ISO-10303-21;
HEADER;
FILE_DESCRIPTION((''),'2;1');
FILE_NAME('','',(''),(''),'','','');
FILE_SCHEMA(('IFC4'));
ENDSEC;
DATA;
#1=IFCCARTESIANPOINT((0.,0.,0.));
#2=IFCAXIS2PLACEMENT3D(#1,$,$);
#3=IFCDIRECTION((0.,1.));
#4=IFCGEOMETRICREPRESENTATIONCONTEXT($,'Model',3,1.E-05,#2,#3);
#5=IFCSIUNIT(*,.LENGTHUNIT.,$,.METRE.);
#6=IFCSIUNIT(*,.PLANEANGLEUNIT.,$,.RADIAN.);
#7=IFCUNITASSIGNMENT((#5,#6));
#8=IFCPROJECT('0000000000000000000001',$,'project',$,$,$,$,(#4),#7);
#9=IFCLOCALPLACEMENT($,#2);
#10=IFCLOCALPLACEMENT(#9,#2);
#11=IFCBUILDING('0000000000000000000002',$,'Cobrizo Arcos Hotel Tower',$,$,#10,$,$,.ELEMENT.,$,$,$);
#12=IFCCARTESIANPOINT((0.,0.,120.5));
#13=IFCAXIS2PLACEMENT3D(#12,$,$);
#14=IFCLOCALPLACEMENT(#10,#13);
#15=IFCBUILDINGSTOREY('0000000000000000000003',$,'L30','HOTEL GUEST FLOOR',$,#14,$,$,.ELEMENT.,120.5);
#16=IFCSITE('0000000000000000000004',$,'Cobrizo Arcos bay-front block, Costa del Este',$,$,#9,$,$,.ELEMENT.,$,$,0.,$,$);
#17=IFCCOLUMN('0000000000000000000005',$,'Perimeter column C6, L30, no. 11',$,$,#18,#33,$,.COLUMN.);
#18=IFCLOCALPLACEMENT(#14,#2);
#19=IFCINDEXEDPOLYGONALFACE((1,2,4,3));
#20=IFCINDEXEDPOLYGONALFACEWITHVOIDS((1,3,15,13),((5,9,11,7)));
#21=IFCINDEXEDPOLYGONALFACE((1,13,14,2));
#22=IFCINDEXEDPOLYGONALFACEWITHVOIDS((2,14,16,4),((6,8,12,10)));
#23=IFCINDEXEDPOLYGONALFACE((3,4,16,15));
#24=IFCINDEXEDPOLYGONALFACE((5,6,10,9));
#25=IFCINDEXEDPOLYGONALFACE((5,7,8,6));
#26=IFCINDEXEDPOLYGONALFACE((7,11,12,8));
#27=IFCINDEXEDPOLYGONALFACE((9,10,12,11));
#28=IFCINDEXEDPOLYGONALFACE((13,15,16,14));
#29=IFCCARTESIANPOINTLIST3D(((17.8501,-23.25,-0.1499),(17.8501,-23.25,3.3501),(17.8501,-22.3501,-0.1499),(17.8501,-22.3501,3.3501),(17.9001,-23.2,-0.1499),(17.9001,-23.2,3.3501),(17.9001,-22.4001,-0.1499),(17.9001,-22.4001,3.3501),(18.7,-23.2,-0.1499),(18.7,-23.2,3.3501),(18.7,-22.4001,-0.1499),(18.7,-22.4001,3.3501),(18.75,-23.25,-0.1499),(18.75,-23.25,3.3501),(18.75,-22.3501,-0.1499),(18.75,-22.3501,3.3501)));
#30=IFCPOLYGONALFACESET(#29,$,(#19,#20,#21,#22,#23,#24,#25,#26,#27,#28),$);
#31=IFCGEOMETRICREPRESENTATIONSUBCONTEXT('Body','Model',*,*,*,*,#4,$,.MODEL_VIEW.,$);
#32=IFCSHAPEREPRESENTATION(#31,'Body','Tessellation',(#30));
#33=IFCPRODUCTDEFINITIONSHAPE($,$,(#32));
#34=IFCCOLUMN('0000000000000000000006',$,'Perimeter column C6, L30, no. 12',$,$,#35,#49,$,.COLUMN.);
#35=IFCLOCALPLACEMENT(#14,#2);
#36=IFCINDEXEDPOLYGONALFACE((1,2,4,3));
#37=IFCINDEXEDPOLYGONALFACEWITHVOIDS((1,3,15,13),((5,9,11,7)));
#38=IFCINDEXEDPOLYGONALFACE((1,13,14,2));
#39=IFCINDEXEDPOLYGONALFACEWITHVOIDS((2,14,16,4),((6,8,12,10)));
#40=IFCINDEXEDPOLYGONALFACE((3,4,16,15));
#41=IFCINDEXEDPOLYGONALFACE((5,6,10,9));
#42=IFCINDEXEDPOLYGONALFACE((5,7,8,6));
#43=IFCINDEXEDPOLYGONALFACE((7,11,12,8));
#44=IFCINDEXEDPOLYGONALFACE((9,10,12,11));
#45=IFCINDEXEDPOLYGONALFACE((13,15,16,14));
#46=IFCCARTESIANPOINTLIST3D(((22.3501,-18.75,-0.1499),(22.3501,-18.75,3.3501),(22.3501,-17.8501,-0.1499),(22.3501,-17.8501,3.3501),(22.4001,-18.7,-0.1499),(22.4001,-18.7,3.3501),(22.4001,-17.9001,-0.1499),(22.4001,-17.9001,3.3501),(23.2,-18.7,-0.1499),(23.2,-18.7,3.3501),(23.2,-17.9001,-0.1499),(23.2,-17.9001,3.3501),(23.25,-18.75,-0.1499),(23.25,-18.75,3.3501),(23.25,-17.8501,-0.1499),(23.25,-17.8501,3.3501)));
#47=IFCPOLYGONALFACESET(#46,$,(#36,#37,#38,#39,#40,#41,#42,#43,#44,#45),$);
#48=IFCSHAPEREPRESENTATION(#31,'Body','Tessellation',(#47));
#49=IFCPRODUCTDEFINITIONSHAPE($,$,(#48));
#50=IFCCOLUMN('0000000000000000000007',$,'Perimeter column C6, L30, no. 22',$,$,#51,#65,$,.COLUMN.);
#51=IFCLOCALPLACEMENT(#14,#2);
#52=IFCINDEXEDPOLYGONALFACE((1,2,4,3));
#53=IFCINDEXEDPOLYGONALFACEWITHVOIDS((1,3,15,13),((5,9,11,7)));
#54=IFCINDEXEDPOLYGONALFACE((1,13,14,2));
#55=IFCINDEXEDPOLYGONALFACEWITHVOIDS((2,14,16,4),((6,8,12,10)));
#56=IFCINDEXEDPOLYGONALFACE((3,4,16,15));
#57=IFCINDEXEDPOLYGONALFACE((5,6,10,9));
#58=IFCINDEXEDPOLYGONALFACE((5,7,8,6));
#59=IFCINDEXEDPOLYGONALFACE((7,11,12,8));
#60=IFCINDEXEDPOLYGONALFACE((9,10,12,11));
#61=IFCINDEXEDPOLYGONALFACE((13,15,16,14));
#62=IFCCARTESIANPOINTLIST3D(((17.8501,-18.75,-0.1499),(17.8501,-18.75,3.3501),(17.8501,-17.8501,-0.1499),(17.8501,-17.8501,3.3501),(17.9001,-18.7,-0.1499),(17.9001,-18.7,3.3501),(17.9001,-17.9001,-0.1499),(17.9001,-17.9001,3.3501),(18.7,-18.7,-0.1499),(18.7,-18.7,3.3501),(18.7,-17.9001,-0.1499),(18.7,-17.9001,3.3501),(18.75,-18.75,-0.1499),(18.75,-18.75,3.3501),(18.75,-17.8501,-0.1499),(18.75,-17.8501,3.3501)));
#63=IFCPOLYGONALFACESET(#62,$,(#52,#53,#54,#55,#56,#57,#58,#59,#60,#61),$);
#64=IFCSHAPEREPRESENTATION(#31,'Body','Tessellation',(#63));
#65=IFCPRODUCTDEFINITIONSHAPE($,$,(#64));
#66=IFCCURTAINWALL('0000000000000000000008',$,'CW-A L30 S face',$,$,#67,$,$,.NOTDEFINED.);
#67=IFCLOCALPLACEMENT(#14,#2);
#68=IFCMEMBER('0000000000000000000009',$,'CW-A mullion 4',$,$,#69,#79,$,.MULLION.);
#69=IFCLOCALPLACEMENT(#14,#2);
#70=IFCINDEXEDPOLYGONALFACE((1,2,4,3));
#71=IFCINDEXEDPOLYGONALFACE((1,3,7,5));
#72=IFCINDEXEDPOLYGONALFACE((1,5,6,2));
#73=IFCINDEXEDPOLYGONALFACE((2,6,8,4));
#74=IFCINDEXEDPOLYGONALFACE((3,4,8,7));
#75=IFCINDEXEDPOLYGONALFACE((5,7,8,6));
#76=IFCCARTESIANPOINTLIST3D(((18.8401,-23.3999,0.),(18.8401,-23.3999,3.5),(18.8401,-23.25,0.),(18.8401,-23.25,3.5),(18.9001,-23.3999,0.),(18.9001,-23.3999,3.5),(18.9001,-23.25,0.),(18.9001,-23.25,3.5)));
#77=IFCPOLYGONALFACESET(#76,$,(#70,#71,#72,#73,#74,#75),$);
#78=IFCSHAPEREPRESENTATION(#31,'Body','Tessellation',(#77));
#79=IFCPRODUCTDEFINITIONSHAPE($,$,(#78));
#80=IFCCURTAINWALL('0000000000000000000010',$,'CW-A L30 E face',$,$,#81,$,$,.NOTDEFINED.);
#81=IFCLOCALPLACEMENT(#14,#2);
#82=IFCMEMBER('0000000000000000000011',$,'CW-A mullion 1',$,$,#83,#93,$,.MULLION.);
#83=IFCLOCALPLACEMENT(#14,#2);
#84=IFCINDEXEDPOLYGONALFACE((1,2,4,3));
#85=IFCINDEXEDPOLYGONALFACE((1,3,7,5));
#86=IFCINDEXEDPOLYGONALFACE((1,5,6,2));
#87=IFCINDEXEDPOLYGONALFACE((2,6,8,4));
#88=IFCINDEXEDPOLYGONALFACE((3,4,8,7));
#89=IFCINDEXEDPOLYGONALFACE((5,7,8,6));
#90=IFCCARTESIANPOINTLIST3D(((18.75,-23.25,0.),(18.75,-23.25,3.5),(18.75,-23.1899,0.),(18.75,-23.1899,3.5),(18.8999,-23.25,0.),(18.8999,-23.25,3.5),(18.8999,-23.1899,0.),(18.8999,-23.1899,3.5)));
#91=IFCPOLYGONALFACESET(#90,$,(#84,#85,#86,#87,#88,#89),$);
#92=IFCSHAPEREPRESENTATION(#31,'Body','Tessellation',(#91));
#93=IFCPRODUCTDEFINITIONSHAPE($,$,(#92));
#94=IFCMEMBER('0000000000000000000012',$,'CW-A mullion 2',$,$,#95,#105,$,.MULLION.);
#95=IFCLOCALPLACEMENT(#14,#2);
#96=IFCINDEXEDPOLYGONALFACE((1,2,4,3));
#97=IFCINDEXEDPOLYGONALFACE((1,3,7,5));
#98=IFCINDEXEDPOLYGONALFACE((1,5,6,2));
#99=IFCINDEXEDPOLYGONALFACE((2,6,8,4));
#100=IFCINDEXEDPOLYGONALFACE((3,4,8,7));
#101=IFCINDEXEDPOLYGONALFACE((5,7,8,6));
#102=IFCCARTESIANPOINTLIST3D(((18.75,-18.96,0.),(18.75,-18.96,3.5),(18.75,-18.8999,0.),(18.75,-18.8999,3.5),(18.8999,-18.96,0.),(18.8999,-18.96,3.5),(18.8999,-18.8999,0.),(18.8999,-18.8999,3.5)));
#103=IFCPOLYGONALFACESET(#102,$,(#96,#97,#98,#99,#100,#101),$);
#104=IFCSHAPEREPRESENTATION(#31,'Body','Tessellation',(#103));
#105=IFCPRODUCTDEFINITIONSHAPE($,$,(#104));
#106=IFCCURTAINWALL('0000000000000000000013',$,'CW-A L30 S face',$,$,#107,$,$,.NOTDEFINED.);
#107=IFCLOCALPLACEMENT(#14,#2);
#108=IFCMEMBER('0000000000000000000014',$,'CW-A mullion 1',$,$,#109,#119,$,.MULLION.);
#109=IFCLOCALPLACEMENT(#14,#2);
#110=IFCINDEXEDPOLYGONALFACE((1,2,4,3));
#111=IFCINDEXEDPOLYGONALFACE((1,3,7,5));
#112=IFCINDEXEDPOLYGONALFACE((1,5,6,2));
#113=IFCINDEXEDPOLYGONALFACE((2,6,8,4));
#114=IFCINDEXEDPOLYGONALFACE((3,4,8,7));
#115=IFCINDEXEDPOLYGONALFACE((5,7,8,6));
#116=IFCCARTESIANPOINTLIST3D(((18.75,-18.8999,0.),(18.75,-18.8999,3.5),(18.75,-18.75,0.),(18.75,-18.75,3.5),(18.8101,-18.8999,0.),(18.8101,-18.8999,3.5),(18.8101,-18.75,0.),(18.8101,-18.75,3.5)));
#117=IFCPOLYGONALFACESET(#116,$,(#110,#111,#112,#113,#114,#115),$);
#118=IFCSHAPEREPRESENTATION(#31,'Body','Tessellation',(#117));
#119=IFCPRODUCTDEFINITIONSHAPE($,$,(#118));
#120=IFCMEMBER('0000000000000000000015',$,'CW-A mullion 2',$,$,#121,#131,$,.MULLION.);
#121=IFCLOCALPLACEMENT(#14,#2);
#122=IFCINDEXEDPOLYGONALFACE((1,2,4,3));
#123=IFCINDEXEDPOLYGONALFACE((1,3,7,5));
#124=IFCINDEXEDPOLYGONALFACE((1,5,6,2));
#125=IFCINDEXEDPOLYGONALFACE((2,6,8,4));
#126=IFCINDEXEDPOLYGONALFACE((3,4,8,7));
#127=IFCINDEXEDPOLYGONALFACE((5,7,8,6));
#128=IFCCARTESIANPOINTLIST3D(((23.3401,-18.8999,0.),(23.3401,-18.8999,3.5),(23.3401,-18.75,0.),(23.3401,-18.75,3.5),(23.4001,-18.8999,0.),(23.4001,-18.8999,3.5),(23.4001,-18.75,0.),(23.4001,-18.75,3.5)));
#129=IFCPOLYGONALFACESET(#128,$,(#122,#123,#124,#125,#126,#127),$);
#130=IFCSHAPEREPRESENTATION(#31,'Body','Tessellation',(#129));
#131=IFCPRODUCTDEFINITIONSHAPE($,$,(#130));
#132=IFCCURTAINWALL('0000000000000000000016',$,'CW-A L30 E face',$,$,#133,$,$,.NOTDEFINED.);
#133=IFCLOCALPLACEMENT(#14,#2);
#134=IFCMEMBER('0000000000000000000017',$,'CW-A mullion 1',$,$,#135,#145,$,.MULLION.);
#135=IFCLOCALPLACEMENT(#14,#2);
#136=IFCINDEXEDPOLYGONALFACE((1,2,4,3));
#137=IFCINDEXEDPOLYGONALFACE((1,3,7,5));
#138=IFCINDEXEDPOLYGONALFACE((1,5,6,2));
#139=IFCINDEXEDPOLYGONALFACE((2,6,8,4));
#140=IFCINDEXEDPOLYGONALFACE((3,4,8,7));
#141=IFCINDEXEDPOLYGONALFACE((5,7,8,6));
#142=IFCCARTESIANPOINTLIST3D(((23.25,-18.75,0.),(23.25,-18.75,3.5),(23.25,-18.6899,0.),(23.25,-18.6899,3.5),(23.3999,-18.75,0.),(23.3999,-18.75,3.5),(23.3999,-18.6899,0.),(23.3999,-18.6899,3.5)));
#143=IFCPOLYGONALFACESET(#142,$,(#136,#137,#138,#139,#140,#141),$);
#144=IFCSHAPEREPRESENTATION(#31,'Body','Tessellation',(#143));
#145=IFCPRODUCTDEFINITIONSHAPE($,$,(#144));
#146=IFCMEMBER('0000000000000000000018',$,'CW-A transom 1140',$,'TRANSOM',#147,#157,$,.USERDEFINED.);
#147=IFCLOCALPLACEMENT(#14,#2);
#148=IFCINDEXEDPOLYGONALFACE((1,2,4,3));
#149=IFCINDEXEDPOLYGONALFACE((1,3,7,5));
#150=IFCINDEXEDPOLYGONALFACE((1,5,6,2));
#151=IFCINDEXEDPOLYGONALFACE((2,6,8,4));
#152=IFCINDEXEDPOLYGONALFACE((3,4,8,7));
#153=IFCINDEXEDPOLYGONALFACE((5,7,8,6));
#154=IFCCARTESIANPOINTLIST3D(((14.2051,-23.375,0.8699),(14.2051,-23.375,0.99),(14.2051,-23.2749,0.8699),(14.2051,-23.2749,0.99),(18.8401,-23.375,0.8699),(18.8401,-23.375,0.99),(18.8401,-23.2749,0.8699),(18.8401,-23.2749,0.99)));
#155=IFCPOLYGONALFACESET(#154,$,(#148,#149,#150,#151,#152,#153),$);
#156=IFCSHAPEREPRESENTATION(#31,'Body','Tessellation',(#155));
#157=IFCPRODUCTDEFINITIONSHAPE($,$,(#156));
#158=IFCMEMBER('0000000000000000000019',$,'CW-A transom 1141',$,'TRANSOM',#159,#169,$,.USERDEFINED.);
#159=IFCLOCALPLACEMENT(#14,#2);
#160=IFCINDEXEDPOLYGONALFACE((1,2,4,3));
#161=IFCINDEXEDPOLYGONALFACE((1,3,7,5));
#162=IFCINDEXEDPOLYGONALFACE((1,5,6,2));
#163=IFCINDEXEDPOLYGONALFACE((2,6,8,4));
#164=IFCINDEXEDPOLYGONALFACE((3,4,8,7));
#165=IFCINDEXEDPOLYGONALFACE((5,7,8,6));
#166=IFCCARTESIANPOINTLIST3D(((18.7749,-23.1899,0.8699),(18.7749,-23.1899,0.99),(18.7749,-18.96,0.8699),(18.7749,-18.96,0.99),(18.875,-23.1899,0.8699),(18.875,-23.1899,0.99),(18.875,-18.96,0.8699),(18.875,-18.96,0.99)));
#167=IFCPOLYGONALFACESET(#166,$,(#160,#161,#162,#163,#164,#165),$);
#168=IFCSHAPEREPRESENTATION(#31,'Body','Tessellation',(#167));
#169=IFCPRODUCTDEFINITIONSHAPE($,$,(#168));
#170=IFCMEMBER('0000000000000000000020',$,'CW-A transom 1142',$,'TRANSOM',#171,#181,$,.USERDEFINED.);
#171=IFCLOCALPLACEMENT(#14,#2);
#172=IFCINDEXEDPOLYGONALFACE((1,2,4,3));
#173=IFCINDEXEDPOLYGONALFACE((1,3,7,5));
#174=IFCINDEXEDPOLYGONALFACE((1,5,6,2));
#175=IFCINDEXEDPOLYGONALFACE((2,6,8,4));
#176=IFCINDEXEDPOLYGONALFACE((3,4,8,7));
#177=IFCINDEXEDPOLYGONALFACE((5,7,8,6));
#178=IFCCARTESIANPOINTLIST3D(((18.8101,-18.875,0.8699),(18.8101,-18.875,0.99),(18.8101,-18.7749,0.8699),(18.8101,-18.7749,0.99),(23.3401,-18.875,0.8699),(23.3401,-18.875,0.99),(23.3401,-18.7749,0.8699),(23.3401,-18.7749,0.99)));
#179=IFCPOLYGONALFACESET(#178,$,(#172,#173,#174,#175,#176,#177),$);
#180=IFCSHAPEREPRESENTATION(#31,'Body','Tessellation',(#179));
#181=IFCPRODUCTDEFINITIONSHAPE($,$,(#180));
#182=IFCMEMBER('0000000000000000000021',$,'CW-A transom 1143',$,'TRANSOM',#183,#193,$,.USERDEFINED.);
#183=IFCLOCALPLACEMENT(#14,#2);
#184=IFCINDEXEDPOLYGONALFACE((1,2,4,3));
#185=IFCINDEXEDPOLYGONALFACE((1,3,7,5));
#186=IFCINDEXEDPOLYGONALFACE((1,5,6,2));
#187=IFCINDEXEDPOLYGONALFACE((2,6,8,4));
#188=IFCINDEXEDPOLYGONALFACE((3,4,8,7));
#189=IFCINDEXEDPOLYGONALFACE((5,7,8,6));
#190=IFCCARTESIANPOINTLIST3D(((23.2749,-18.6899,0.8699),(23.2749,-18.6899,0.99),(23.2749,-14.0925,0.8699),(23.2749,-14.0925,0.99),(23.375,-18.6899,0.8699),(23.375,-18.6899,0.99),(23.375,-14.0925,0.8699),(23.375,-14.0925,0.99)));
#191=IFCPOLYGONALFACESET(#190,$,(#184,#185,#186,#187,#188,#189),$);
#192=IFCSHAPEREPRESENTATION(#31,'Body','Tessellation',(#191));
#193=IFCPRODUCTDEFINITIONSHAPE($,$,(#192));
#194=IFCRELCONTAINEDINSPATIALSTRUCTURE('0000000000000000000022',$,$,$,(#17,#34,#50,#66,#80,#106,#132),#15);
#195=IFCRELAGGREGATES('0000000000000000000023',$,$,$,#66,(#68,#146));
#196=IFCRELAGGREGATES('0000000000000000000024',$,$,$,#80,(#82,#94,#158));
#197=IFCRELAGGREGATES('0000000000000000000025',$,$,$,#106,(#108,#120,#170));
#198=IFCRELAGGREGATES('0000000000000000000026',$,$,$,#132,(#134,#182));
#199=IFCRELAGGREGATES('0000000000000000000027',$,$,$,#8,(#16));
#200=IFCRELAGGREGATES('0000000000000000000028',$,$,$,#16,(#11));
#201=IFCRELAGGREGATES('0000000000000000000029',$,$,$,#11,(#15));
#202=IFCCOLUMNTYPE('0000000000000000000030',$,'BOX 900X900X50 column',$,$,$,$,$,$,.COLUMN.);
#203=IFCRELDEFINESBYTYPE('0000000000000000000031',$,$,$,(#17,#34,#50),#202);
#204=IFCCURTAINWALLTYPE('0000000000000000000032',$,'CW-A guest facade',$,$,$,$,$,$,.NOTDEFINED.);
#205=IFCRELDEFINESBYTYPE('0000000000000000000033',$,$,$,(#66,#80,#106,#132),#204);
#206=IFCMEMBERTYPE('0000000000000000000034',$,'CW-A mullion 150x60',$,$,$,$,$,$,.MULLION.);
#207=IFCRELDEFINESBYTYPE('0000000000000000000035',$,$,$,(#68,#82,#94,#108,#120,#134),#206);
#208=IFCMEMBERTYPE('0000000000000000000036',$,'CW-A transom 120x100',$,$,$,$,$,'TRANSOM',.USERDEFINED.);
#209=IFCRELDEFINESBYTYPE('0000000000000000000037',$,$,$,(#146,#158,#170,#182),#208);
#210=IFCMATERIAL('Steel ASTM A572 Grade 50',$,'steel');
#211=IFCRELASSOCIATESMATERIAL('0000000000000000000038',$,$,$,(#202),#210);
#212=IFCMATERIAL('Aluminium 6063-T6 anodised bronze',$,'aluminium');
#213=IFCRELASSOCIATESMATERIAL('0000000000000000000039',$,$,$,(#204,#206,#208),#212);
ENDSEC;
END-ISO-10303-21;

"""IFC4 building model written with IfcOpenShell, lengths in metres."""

from ifc_helpers import new_model, si_unit, direction, frame, origin, origin_2d, place, context, subcontext, project, spatial, rectangle, hollow_rectangle, extrude, material, material_profile, profile_set, type_object, element, aggregate, save


model = new_model("IFC4")

# Units and contexts
model_context = context("Model", 3, precision=1e-05, world=origin(), true_north=direction((0.0, 1.0)))
body_context = subcontext(model_context, "Body", "Model", "MODEL_VIEW")
ifc_project = project(units=[si_unit("LENGTHUNIT", "METRE"), si_unit("PLANEANGLEUNIT", "RADIAN")], contexts=[model_context])

# Site, building, storey
site_placement = place(None, origin())
site = spatial("IfcSite", under=ifc_project, at=site_placement, Name="Cobrizo Arcos bay-front block, Costa del Este", CompositionType="ELEMENT", RefElevation=0.0)
building_placement = place(site_placement, origin())
building = spatial("IfcBuilding", under=site, at=building_placement, Name="Cobrizo Arcos Hotel Tower", CompositionType="ELEMENT")
storey_placement = place(building_placement, frame((0.0, 0.0, 120.5)))
storey = spatial("IfcBuildingStorey", under=building, at=storey_placement, Name="L30", Description="HOTEL GUEST FLOOR", CompositionType="ELEMENT", Elevation=120.5)

# Columns
ifc_material_1 = material(Name="Steel ASTM A572 Grade 50", Category="steel")
ifc_material_profile_1 = material_profile(ifc_material_1, hollow_rectangle(XDim=0.8999, YDim=0.8999, WallThickness=0.05, at=origin_2d()), Name="BOX 900X900X50")
ifc_profile_set_1 = profile_set([ifc_material_profile_1], Name="Steel ASTM A572 Grade 50")
column_type = type_object("IfcColumnType", Name="BOX 900X900X50 column", PredefinedType="COLUMN", material=ifc_profile_set_1)
for number, where, z_axis, x_axis, name in (
    (1, (18.3, -22.8, -0.1499), (0.0, 0.0, 1.0), (1.0, 0.0, 0.0), "Perimeter column C6, L30, no. 11"),
    (2, (22.8, -18.3, -0.1499), (0.0, 0.0, 1.0), (1.0, 0.0, 0.0), "Perimeter column C6, L30, no. 12"),
    (3, (18.3, -18.3, -0.1499), (0.0, 0.0, 1.0), (1.0, 0.0, 0.0), "Perimeter column C6, L30, no. 22"),
):
    element("IfcColumn", number, at=place(storey_placement, frame(where, z_axis=z_axis, x_axis=x_axis)), inside=storey, type_object=column_type, Name=name, PredefinedType="COLUMN", context=body_context, shape_type="SweptSolid", body=[
        extrude(hollow_rectangle(XDim=0.8999, YDim=0.8999, WallThickness=0.05, at=origin_2d()), origin(), (0.0, 0.0, 1.0), 3.5),
    ])

# Curtain wall, member
ifc_material_2 = material(Name="Aluminium 6063-T6 anodised bronze", Category="aluminium")
curtain_wall_type = type_object("IfcCurtainWallType", Name="CW-A guest facade", PredefinedType="NOTDEFINED", material=ifc_material_2)
curtain_wall_1_placement = place(storey_placement, origin())
curtain_wall_1 = element("IfcCurtainWall", 4, at=curtain_wall_1_placement, inside=storey, type_object=curtain_wall_type, Name="CW-A L30 S face", PredefinedType="NOTDEFINED")
ifc_material_profile_2 = material_profile(ifc_material_2, rectangle(XDim=0.1499, YDim=0.0601, at=origin_2d()), Name="CW-A mullion 150x60")
ifc_profile_set_2 = profile_set([ifc_material_profile_2], Name="Aluminium 6063-T6 anodised bronze")
member_type_1 = type_object("IfcMemberType", Name="CW-A mullion 150x60", PredefinedType="MULLION", material=ifc_profile_set_2)
member_1_placement = place(storey_placement, frame((18.8701, -23.325, 0.0), z_axis=(0.0, 0.0, 1.0), x_axis=(0.0, -1.0, 0.0)))
member_1 = element("IfcMember", 5, at=member_1_placement, type_object=member_type_1, Name="CW-A mullion 4", PredefinedType="MULLION", context=body_context, shape_type="SweptSolid", body=[
    extrude(rectangle(XDim=0.1499, YDim=0.0601, at=origin_2d()), origin(), (0.0, 0.0, 1.0), 3.5),
])

# Curtain walls, members
curtain_wall_2_placement = place(storey_placement, origin())
curtain_wall_2 = element("IfcCurtainWall", 6, at=curtain_wall_2_placement, inside=storey, type_object=curtain_wall_type, Name="CW-A L30 E face", PredefinedType="NOTDEFINED")
member_2_placement = place(storey_placement, frame((18.825, -23.22, 0.0), z_axis=(0.0, 0.0, 1.0), x_axis=(1.0, 0.0, 0.0)))
member_2 = element("IfcMember", 7, at=member_2_placement, type_object=member_type_1, Name="CW-A mullion 1", PredefinedType="MULLION", context=body_context, shape_type="SweptSolid", body=[
    extrude(rectangle(XDim=0.1499, YDim=0.0601, at=origin_2d()), origin(), (0.0, 0.0, 1.0), 3.5),
])
member_3_placement = place(storey_placement, frame((18.825, -18.9299, 0.0), z_axis=(0.0, 0.0, 1.0), x_axis=(1.0, 0.0, 0.0)))
member_3 = element("IfcMember", 8, at=member_3_placement, type_object=member_type_1, Name="CW-A mullion 2", PredefinedType="MULLION", context=body_context, shape_type="SweptSolid", body=[
    extrude(rectangle(XDim=0.1499, YDim=0.0601, at=origin_2d()), origin(), (0.0, 0.0, 1.0), 3.5),
])
curtain_wall_3_placement = place(storey_placement, origin())
curtain_wall_3 = element("IfcCurtainWall", 9, at=curtain_wall_3_placement, inside=storey, type_object=curtain_wall_type, Name="CW-A L30 S face", PredefinedType="NOTDEFINED")
member_4_placement = place(storey_placement, frame((18.78, -18.825, 0.0), z_axis=(0.0, 0.0, 1.0), x_axis=(0.0, -1.0, 0.0)))
member_4 = element("IfcMember", 10, at=member_4_placement, type_object=member_type_1, Name="CW-A mullion 1", PredefinedType="MULLION", context=body_context, shape_type="SweptSolid", body=[
    extrude(rectangle(XDim=0.1499, YDim=0.0601, at=origin_2d()), origin(), (0.0, 0.0, 1.0), 3.5),
])
member_5_placement = place(storey_placement, frame((23.3701, -18.825, 0.0), z_axis=(0.0, 0.0, 1.0), x_axis=(0.0, -1.0, 0.0)))
member_5 = element("IfcMember", 11, at=member_5_placement, type_object=member_type_1, Name="CW-A mullion 2", PredefinedType="MULLION", context=body_context, shape_type="SweptSolid", body=[
    extrude(rectangle(XDim=0.1499, YDim=0.0601, at=origin_2d()), origin(), (0.0, 0.0, 1.0), 3.5),
])

# Curtain wall, member
curtain_wall_4_placement = place(storey_placement, origin())
curtain_wall_4 = element("IfcCurtainWall", 12, at=curtain_wall_4_placement, inside=storey, type_object=curtain_wall_type, Name="CW-A L30 E face", PredefinedType="NOTDEFINED")
member_6_placement = place(storey_placement, frame((23.325, -18.72, 0.0), z_axis=(0.0, 0.0, 1.0), x_axis=(1.0, 0.0, 0.0)))
member_6 = element("IfcMember", 13, at=member_6_placement, type_object=member_type_1, Name="CW-A mullion 1", PredefinedType="MULLION", context=body_context, shape_type="SweptSolid", body=[
    extrude(rectangle(XDim=0.1499, YDim=0.0601, at=origin_2d()), origin(), (0.0, 0.0, 1.0), 3.5),
])

# Members
ifc_material_profile_3 = material_profile(ifc_material_2, rectangle(XDim=0.1001, YDim=0.1201, at=origin_2d()), Name="CW-A transom 120x100")
ifc_profile_set_3 = profile_set([ifc_material_profile_3], Name="Aluminium 6063-T6 anodised bronze")
member_type_2 = type_object("IfcMemberType", Name="CW-A transom 120x100", ElementType="TRANSOM", PredefinedType="USERDEFINED", material=ifc_profile_set_3)
member_7_placement = place(storey_placement, frame((14.2051, -23.325, 0.9299), z_axis=(1.0, 0.0, 0.0), x_axis=(0.0, 1.0, 0.0)))
member_7 = element("IfcMember", 14, at=member_7_placement, type_object=member_type_2, Name="CW-A transom 1140", ObjectType="TRANSOM", PredefinedType="USERDEFINED", context=body_context, shape_type="SweptSolid", body=[
    extrude(rectangle(XDim=0.1001, YDim=0.1201, at=origin_2d()), origin(), (0.0, 0.0, 1.0), 4.635),
])
member_8_placement = place(storey_placement, frame((18.825, -23.1899, 0.9299), z_axis=(0.0, 1.0, 0.0), x_axis=(-1.0, 0.0, 0.0)))
member_8 = element("IfcMember", 15, at=member_8_placement, type_object=member_type_2, Name="CW-A transom 1141", ObjectType="TRANSOM", PredefinedType="USERDEFINED", context=body_context, shape_type="SweptSolid", body=[
    extrude(rectangle(XDim=0.1001, YDim=0.1201, at=origin_2d()), origin(), (0.0, 0.0, 1.0), 4.23),
])
member_9_placement = place(storey_placement, frame((18.8101, -18.825, 0.9299), z_axis=(1.0, 0.0, 0.0), x_axis=(0.0, 1.0, 0.0)))
member_9 = element("IfcMember", 16, at=member_9_placement, type_object=member_type_2, Name="CW-A transom 1142", ObjectType="TRANSOM", PredefinedType="USERDEFINED", context=body_context, shape_type="SweptSolid", body=[
    extrude(rectangle(XDim=0.1001, YDim=0.1201, at=origin_2d()), origin(), (0.0, 0.0, 1.0), 4.53),
])
member_10_placement = place(storey_placement, frame((23.325, -18.6899, 0.9299), z_axis=(0.0, 1.0, 0.0), x_axis=(-1.0, 0.0, 0.0)))
member_10 = element("IfcMember", 17, at=member_10_placement, type_object=member_type_2, Name="CW-A transom 1143", ObjectType="TRANSOM", PredefinedType="USERDEFINED", context=body_context, shape_type="SweptSolid", body=[
    extrude(rectangle(XDim=0.1001, YDim=0.1201, at=origin_2d()), origin(), (0.0, 0.0, 1.0), 4.5974),
])

aggregate(curtain_wall_1, [member_1, member_7])
aggregate(curtain_wall_2, [member_2, member_3, member_8])
aggregate(curtain_wall_3, [member_4, member_5, member_9])
aggregate(curtain_wall_4, [member_6, member_10])

save(model, "model.ifc")
